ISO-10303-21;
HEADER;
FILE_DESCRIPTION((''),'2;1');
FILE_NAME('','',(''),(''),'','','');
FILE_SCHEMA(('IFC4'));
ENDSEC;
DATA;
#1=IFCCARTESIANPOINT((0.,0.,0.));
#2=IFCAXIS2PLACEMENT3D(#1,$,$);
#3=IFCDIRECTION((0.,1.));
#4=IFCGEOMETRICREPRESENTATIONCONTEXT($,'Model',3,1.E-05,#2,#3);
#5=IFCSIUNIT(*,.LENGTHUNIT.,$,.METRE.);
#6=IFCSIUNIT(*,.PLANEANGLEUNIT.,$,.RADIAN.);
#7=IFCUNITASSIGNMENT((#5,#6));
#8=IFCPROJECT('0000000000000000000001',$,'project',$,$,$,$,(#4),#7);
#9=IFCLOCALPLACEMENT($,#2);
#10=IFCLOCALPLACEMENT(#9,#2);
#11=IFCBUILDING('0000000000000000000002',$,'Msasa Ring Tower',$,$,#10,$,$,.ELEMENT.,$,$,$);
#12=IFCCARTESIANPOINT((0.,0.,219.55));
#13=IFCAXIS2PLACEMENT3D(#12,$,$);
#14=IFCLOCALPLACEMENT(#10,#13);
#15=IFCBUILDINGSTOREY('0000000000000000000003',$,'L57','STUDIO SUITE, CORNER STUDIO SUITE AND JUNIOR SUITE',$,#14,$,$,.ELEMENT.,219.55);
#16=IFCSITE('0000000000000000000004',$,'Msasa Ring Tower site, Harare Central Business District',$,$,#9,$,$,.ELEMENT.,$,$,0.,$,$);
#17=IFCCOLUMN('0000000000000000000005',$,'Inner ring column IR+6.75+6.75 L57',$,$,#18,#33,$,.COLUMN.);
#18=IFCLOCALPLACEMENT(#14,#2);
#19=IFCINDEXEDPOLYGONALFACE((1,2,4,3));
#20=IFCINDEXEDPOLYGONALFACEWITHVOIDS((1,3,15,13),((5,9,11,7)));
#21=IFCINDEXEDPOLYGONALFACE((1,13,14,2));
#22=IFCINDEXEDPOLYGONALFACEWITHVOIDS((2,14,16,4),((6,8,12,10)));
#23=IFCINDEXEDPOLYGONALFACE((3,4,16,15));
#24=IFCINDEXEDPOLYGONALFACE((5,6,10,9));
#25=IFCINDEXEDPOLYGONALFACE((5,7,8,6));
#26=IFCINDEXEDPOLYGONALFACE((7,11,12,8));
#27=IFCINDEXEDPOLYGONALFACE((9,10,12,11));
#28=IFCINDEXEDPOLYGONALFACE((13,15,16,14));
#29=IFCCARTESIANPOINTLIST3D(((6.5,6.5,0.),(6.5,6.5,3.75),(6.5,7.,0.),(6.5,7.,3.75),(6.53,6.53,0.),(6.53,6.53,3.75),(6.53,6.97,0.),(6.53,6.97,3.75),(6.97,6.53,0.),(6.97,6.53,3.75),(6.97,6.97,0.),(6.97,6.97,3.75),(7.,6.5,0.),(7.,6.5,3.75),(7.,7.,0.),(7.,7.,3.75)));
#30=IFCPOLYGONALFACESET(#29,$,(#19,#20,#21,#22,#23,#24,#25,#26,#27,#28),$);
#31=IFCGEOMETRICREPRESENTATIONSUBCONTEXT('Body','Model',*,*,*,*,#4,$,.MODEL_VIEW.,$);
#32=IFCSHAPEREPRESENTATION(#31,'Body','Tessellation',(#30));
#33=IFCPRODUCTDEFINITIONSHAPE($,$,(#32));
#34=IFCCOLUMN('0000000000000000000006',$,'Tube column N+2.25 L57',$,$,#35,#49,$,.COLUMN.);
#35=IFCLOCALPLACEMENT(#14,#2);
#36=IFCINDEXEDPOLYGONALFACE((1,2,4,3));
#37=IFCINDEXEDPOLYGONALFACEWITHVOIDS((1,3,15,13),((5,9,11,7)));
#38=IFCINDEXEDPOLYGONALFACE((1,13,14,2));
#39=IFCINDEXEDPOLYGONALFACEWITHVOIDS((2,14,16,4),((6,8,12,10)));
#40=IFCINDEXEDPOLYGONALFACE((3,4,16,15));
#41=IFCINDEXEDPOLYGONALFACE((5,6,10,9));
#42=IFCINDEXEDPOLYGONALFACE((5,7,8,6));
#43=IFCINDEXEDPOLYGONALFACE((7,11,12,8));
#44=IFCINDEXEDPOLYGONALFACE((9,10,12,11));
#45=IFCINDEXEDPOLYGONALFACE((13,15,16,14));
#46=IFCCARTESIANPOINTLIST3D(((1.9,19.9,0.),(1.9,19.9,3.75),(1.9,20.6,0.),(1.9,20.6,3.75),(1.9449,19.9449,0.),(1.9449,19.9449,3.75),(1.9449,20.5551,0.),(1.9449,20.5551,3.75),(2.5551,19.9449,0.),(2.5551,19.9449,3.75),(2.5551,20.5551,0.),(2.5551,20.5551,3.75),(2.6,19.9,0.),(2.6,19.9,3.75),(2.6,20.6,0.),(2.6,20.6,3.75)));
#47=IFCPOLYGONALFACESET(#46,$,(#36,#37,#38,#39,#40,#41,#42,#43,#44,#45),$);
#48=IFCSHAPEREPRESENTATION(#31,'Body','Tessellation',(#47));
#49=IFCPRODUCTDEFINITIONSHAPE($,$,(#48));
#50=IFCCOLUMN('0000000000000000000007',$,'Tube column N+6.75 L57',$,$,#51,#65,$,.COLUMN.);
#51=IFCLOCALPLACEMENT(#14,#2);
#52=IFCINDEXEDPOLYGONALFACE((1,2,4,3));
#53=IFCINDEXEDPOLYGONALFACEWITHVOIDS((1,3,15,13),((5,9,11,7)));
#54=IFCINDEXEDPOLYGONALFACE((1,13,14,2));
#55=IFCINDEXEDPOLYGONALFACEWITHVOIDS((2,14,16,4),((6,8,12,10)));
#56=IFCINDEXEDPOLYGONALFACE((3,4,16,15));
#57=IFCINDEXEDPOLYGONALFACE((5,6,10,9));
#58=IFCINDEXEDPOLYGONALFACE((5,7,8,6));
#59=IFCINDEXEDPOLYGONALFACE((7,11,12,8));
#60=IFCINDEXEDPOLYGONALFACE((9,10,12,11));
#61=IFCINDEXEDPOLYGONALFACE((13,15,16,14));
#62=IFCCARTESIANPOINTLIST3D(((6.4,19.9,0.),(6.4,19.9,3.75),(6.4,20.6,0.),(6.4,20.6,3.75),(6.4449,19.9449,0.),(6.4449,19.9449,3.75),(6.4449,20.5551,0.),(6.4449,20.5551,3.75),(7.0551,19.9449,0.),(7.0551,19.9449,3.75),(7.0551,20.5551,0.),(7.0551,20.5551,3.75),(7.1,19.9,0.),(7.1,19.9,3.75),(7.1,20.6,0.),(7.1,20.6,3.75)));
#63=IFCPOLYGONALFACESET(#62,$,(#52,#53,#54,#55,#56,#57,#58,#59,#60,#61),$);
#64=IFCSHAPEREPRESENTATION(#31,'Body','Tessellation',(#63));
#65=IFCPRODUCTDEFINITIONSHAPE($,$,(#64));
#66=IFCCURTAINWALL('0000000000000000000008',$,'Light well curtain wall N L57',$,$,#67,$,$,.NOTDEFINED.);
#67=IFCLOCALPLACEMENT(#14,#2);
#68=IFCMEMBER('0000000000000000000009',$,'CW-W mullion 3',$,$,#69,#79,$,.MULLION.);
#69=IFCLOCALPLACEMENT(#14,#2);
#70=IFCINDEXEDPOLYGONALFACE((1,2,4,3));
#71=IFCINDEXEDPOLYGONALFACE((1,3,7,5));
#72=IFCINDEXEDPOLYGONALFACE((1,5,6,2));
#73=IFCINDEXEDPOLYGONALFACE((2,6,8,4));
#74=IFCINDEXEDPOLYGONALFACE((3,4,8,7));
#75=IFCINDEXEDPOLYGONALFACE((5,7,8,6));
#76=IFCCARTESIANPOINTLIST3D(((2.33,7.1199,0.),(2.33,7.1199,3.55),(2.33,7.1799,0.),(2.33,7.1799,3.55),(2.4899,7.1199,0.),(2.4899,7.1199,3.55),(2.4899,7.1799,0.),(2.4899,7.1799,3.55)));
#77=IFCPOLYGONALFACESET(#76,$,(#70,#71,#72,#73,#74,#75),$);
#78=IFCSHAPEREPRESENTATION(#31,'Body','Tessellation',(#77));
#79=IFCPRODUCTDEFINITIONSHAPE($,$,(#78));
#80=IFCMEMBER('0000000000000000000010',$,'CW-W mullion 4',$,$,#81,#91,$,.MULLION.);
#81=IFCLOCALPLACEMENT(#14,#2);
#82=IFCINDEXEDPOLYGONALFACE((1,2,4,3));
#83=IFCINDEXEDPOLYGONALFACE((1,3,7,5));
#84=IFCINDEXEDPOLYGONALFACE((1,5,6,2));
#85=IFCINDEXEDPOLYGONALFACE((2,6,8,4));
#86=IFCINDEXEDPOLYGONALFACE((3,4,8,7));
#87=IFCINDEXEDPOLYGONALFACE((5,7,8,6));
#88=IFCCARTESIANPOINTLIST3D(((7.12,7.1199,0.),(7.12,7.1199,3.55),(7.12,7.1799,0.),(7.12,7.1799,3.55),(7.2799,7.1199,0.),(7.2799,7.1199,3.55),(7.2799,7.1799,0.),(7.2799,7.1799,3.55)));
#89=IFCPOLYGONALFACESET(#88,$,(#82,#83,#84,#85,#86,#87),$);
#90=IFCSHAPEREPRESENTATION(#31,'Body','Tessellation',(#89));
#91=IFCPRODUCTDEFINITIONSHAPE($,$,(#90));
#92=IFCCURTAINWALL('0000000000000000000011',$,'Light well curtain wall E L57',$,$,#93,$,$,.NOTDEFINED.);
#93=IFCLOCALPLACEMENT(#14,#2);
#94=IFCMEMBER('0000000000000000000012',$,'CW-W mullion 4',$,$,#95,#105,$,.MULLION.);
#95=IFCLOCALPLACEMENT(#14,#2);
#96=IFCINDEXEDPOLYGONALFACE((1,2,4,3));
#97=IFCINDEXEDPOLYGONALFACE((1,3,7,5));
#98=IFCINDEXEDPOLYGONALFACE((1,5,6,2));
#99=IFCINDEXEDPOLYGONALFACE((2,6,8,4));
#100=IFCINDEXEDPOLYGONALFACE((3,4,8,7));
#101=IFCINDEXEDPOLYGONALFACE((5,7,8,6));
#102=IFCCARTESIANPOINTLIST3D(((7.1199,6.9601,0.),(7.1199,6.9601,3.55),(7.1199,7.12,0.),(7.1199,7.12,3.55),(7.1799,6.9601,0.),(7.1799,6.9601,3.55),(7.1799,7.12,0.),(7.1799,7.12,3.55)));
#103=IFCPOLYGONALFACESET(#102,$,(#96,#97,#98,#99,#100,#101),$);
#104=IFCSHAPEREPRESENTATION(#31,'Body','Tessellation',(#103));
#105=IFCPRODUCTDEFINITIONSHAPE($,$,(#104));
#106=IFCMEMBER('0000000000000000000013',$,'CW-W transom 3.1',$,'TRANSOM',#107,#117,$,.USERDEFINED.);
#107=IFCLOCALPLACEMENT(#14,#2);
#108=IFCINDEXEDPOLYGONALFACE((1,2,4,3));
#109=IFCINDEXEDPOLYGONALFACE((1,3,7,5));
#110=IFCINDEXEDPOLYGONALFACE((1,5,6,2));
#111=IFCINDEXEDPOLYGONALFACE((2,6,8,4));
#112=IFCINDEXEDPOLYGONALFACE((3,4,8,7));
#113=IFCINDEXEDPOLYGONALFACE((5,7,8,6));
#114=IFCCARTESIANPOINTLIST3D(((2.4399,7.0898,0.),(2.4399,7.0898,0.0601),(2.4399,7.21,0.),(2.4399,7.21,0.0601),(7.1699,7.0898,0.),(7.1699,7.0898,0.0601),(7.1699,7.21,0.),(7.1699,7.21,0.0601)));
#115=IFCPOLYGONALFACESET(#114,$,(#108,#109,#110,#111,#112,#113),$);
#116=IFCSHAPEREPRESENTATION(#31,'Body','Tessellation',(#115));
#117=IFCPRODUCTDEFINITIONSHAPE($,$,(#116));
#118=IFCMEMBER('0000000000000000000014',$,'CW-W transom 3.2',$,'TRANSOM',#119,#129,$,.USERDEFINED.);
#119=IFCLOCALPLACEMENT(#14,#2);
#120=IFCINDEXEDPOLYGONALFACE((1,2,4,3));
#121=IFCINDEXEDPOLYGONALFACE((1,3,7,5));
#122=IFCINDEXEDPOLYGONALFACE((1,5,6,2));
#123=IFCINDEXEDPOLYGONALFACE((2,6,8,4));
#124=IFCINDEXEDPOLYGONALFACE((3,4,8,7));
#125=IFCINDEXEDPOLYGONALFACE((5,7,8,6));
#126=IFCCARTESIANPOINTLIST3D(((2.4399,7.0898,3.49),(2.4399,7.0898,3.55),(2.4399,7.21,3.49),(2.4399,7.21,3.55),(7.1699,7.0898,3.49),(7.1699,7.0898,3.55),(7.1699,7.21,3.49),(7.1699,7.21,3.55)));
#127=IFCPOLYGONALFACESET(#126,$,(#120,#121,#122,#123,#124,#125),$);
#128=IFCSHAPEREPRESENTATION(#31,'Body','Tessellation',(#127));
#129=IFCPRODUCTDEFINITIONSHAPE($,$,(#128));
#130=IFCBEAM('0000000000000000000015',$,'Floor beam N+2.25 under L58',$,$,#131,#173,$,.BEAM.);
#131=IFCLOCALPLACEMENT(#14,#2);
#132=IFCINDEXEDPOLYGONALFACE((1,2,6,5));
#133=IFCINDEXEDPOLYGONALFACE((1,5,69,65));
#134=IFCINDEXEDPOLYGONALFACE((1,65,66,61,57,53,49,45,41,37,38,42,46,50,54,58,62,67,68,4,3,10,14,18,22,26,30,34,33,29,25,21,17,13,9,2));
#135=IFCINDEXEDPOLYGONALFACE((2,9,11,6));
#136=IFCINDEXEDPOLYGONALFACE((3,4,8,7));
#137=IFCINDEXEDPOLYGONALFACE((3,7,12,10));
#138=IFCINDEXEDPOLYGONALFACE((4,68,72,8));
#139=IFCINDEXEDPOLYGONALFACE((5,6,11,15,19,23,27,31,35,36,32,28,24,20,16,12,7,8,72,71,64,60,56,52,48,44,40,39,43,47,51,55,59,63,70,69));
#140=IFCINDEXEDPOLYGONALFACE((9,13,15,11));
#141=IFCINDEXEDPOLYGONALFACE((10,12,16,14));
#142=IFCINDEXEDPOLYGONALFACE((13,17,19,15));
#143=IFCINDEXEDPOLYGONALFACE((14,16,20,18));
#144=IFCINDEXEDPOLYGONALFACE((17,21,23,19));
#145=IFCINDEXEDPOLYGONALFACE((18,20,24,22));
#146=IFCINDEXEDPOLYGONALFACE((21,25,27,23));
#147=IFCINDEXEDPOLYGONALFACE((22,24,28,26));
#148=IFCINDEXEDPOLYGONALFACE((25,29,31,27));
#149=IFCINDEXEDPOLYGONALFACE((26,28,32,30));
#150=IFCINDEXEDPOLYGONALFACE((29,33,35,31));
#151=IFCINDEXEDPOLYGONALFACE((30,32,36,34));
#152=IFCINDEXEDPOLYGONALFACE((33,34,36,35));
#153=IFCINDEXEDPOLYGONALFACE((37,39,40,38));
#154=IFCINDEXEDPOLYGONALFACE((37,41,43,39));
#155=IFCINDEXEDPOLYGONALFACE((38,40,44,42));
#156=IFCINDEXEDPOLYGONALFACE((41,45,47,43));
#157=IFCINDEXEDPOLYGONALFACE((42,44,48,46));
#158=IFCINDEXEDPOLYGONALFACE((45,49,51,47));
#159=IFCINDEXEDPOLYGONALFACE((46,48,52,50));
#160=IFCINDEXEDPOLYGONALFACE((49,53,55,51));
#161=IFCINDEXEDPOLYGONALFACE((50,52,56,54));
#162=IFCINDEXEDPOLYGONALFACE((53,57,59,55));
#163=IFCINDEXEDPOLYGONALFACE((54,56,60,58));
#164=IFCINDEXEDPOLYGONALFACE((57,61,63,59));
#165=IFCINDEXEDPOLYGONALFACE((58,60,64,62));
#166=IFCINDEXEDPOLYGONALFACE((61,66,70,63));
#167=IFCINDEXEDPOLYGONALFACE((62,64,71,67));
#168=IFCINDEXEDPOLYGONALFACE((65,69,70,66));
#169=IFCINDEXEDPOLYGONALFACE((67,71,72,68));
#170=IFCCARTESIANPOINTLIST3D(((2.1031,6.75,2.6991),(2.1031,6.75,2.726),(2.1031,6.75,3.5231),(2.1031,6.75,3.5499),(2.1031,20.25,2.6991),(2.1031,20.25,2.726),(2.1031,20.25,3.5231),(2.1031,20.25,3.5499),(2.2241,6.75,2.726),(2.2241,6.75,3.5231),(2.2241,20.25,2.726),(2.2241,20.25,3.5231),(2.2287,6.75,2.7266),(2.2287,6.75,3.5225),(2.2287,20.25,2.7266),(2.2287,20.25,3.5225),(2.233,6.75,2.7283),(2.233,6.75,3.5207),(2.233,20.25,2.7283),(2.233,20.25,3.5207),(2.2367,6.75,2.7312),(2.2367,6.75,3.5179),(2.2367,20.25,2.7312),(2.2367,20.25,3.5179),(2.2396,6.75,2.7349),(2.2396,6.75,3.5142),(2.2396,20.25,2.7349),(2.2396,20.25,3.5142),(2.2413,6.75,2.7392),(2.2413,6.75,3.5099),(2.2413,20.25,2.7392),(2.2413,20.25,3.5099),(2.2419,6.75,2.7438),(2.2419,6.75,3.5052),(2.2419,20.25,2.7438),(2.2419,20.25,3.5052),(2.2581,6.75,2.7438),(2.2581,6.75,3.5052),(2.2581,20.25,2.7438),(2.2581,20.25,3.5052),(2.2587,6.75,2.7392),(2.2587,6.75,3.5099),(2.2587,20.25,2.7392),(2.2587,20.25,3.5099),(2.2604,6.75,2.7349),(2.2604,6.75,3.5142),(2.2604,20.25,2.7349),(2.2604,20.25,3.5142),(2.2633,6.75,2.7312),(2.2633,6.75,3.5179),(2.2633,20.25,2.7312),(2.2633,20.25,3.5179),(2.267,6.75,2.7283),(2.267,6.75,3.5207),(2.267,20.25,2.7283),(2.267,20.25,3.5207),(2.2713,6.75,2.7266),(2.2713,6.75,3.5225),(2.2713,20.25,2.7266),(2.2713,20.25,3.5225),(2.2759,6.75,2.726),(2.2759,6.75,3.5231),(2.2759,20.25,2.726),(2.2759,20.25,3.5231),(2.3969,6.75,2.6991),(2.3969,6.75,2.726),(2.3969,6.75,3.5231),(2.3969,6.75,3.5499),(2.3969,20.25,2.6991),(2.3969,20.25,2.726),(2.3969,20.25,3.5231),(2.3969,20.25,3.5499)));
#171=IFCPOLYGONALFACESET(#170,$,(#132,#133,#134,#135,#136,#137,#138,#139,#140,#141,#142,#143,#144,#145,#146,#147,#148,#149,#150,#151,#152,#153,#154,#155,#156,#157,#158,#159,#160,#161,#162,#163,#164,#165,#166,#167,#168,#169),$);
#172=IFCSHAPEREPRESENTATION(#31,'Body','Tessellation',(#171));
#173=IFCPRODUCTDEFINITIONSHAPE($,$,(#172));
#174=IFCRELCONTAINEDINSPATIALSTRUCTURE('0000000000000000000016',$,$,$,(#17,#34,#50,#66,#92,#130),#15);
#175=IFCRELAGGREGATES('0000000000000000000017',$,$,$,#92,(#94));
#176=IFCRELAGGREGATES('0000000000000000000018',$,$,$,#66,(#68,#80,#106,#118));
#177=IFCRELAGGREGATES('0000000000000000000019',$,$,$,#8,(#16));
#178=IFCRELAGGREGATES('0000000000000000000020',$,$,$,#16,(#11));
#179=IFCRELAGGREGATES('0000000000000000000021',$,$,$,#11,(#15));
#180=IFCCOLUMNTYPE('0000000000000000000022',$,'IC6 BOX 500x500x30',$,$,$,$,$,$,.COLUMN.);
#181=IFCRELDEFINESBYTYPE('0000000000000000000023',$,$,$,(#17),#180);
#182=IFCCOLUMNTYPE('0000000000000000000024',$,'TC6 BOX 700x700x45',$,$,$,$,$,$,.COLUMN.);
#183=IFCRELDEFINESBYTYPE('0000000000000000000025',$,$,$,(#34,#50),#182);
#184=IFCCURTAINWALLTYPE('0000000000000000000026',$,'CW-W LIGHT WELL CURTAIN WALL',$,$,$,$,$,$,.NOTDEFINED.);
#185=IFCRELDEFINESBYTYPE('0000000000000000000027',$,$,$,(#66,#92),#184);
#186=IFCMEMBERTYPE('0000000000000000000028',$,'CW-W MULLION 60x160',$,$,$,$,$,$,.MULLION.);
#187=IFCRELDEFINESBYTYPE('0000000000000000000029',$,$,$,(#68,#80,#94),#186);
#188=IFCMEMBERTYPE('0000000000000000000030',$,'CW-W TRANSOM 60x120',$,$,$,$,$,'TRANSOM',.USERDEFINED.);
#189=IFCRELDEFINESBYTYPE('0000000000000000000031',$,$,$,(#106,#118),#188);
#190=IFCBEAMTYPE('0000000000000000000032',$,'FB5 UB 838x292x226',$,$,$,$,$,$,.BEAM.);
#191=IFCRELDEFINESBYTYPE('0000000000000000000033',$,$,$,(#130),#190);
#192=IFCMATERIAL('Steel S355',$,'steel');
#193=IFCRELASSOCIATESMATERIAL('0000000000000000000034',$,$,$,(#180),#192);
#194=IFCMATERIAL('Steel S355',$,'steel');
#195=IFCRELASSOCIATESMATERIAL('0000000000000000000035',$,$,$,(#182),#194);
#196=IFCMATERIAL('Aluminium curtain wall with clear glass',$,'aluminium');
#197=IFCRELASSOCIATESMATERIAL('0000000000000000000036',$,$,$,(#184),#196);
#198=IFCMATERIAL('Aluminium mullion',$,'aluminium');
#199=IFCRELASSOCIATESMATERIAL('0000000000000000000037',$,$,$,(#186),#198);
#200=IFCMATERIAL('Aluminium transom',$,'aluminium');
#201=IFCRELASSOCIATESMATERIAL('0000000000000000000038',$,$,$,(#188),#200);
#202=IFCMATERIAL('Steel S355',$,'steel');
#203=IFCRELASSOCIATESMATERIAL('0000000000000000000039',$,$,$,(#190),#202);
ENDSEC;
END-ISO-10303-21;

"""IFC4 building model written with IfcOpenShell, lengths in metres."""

from ifc_helpers import new_model, si_unit, direction, frame, origin, origin_2d, place, context, subcontext, project, spatial, rectangle, hollow_rectangle, i_section, extrude, material, material_profile, profile_set, type_object, element, aggregate, save


model = new_model("IFC4")

# Units and contexts
model_context = context("Model", 3, precision=1e-05, world=origin(), true_north=direction((0.0, 1.0)))
body_context = subcontext(model_context, "Body", "Model", "MODEL_VIEW")
ifc_project = project(units=[si_unit("LENGTHUNIT", "METRE"), si_unit("PLANEANGLEUNIT", "RADIAN")], contexts=[model_context])

# Site, building, storey
site_placement = place(None, origin())
site = spatial("IfcSite", under=ifc_project, at=site_placement, Name="Msasa Ring Tower site, Harare Central Business District", CompositionType="ELEMENT", RefElevation=0.0)
building_placement = place(site_placement, origin())
building = spatial("IfcBuilding", under=site, at=building_placement, Name="Msasa Ring Tower", CompositionType="ELEMENT")
storey_placement = place(building_placement, frame((0.0, 0.0, 219.55)))
storey = spatial("IfcBuildingStorey", under=building, at=storey_placement, Name="L57", Description="STUDIO SUITE, CORNER STUDIO SUITE AND JUNIOR SUITE", CompositionType="ELEMENT", Elevation=219.55)

# Columns
ifc_material_1 = material(Name="Steel S355", Category="steel")
ifc_material_profile_1 = material_profile(ifc_material_1, hollow_rectangle(XDim=0.5, YDim=0.5, WallThickness=0.03, at=origin_2d()), Name="BOX 500x500x30")
ifc_profile_set_1 = profile_set([ifc_material_profile_1], Name="Steel S355")
column_type_1 = type_object("IfcColumnType", Name="IC6 BOX 500x500x30", PredefinedType="COLUMN", material=ifc_profile_set_1)
column_placement = place(storey_placement, frame((6.75, 6.75, 0.0), z_axis=(0.0, 0.0, 1.0), x_axis=(1.0, 0.0, 0.0)))
element("IfcColumn", 1, at=column_placement, inside=storey, type_object=column_type_1, Name="Inner ring column IR+6.75+6.75 L57", PredefinedType="COLUMN", context=body_context, shape_type="SweptSolid", body=[
    extrude(hollow_rectangle(XDim=0.5, YDim=0.5, WallThickness=0.03, at=origin_2d()), origin(), (0.0, 0.0, 1.0), 3.75),
])
ifc_material_2 = material(Name="Steel S355", Category="steel")
ifc_material_profile_2 = material_profile(ifc_material_2, hollow_rectangle(XDim=0.7, YDim=0.7, WallThickness=0.0449, at=origin_2d()), Name="BOX 700x700x45")
ifc_profile_set_2 = profile_set([ifc_material_profile_2], Name="Steel S355")
column_type_2 = type_object("IfcColumnType", Name="TC6 BOX 700x700x45", PredefinedType="COLUMN", material=ifc_profile_set_2)
for number, where, z_axis, x_axis, name in (
    (2, (2.25, 20.25, 0.0), (0.0, 0.0, 1.0), (0.0, 1.0, 0.0), "Tube column N+2.25 L57"),
    (3, (6.75, 20.25, 0.0), (0.0, 0.0, 1.0), (0.0, 1.0, 0.0), "Tube column N+6.75 L57"),
):
    element("IfcColumn", number, at=place(storey_placement, frame(where, z_axis=z_axis, x_axis=x_axis)), inside=storey, type_object=column_type_2, Name=name, PredefinedType="COLUMN", context=body_context, shape_type="SweptSolid", body=[
        extrude(hollow_rectangle(XDim=0.7, YDim=0.7, WallThickness=0.0449, at=origin_2d()), origin(), (0.0, 0.0, 1.0), 3.75),
    ])

# Curtain wall, members
ifc_material_3 = material(Name="Aluminium curtain wall with clear glass", Category="aluminium")
curtain_wall_type = type_object("IfcCurtainWallType", Name="CW-W LIGHT WELL CURTAIN WALL", PredefinedType="NOTDEFINED", material=ifc_material_3)
curtain_wall_1_placement = place(storey_placement, origin())
curtain_wall_1 = element("IfcCurtainWall", 4, at=curtain_wall_1_placement, inside=storey, type_object=curtain_wall_type, Name="Light well curtain wall N L57", PredefinedType="NOTDEFINED")
ifc_material_4 = material(Name="Aluminium mullion", Category="aluminium")
ifc_material_profile_3 = material_profile(ifc_material_4, rectangle(XDim=0.0601, YDim=0.1599, at=origin_2d()), Name="AL 60x160")
ifc_profile_set_3 = profile_set([ifc_material_profile_3], Name="Aluminium mullion")
member_type_1 = type_object("IfcMemberType", Name="CW-W MULLION 60x160", PredefinedType="MULLION", material=ifc_profile_set_3)
member_1_placement = place(storey_placement, frame((2.4099, 7.1499, 0.0), z_axis=(0.0, 0.0, 1.0), x_axis=(0.0, 1.0, 0.0)))
member_1 = element("IfcMember", 5, at=member_1_placement, type_object=member_type_1, Name="CW-W mullion 3", PredefinedType="MULLION", context=body_context, shape_type="SweptSolid", body=[
    extrude(rectangle(XDim=0.0601, YDim=0.1599, at=origin_2d()), origin(), (0.0, 0.0, 1.0), 3.55),
])
member_2_placement = place(storey_placement, frame((7.2, 7.1499, 0.0), z_axis=(0.0, 0.0, 1.0), x_axis=(0.0, 1.0, 0.0)))
member_2 = element("IfcMember", 6, at=member_2_placement, type_object=member_type_1, Name="CW-W mullion 4", PredefinedType="MULLION", context=body_context, shape_type="SweptSolid", body=[
    extrude(rectangle(XDim=0.0601, YDim=0.1599, at=origin_2d()), origin(), (0.0, 0.0, 1.0), 3.55),
])

# Curtain wall, member
curtain_wall_2_placement = place(storey_placement, origin())
curtain_wall_2 = element("IfcCurtainWall", 7, at=curtain_wall_2_placement, inside=storey, type_object=curtain_wall_type, Name="Light well curtain wall E L57", PredefinedType="NOTDEFINED")
member_3_placement = place(storey_placement, frame((7.1499, 7.04, 0.0), z_axis=(0.0, 0.0, 1.0), x_axis=(-1.0, 0.0, 0.0)))
member_3 = element("IfcMember", 8, at=member_3_placement, type_object=member_type_1, Name="CW-W mullion 4", PredefinedType="MULLION", context=body_context, shape_type="SweptSolid", body=[
    extrude(rectangle(XDim=0.0601, YDim=0.1599, at=origin_2d()), origin(), (0.0, 0.0, 1.0), 3.55),
])
aggregate(curtain_wall_2, [member_3])

# Members
ifc_material_5 = material(Name="Aluminium transom", Category="aluminium")
ifc_material_profile_4 = material_profile(ifc_material_5, rectangle(XDim=0.1201, YDim=0.0601, at=origin_2d()), Name="AL 60x120")
ifc_profile_set_4 = profile_set([ifc_material_profile_4], Name="Aluminium transom")
member_type_2 = type_object("IfcMemberType", Name="CW-W TRANSOM 60x120", ElementType="TRANSOM", PredefinedType="USERDEFINED", material=ifc_profile_set_4)
member_4_placement = place(storey_placement, frame((2.4399, 7.1499, 0.03), z_axis=(1.0, 0.0, 0.0), x_axis=(0.0, 1.0, 0.0)))
member_4 = element("IfcMember", 9, at=member_4_placement, type_object=member_type_2, Name="CW-W transom 3.1", ObjectType="TRANSOM", PredefinedType="USERDEFINED", context=body_context, shape_type="SweptSolid", body=[
    extrude(rectangle(XDim=0.1201, YDim=0.0601, at=origin_2d()), origin(), (0.0, 0.0, 1.0), 4.73),
])
member_5_placement = place(storey_placement, frame((2.4399, 7.1499, 3.52), z_axis=(1.0, 0.0, 0.0), x_axis=(0.0, 1.0, 0.0)))
member_5 = element("IfcMember", 10, at=member_5_placement, type_object=member_type_2, Name="CW-W transom 3.2", ObjectType="TRANSOM", PredefinedType="USERDEFINED", context=body_context, shape_type="SweptSolid", body=[
    extrude(rectangle(XDim=0.1201, YDim=0.0601, at=origin_2d()), origin(), (0.0, 0.0, 1.0), 4.73),
])

# Beam
ifc_material_6 = material(Name="Steel S355", Category="steel")
ifc_material_profile_5 = material_profile(ifc_material_6, i_section(OverallWidth=0.2937, OverallDepth=0.8508, WebThickness=0.0161, FlangeThickness=0.0269, FilletRadius=0.0178, at=origin_2d()), Name="UB 838x292x226")
ifc_profile_set_5 = profile_set([ifc_material_profile_5], Name="Steel S355")
beam_type_1 = type_object("IfcBeamType", Name="FB5 UB 838x292x226", PredefinedType="BEAM", material=ifc_profile_set_5)
for number, where, z_axis, x_axis, name in (
    (11, (2.25, 20.25, 3.1245), (0.0, -1.0, 0.0), (1.0, 0.0, 0.0), "Floor beam N+2.25 under L58"),
):
    element("IfcBeam", number, at=place(storey_placement, frame(where, z_axis=z_axis, x_axis=x_axis)), inside=storey, type_object=beam_type_1, Name=name, PredefinedType="BEAM", context=body_context, shape_type="SweptSolid", body=[
        extrude(i_section(OverallWidth=0.2937, OverallDepth=0.8508, WebThickness=0.0161, FlangeThickness=0.0269, FilletRadius=0.0178, at=origin_2d()), origin(), (0.0, 0.0, 1.0), 13.5),
    ])

aggregate(curtain_wall_1, [member_1, member_2, member_4, member_5])

save(model, "model.ifc")
